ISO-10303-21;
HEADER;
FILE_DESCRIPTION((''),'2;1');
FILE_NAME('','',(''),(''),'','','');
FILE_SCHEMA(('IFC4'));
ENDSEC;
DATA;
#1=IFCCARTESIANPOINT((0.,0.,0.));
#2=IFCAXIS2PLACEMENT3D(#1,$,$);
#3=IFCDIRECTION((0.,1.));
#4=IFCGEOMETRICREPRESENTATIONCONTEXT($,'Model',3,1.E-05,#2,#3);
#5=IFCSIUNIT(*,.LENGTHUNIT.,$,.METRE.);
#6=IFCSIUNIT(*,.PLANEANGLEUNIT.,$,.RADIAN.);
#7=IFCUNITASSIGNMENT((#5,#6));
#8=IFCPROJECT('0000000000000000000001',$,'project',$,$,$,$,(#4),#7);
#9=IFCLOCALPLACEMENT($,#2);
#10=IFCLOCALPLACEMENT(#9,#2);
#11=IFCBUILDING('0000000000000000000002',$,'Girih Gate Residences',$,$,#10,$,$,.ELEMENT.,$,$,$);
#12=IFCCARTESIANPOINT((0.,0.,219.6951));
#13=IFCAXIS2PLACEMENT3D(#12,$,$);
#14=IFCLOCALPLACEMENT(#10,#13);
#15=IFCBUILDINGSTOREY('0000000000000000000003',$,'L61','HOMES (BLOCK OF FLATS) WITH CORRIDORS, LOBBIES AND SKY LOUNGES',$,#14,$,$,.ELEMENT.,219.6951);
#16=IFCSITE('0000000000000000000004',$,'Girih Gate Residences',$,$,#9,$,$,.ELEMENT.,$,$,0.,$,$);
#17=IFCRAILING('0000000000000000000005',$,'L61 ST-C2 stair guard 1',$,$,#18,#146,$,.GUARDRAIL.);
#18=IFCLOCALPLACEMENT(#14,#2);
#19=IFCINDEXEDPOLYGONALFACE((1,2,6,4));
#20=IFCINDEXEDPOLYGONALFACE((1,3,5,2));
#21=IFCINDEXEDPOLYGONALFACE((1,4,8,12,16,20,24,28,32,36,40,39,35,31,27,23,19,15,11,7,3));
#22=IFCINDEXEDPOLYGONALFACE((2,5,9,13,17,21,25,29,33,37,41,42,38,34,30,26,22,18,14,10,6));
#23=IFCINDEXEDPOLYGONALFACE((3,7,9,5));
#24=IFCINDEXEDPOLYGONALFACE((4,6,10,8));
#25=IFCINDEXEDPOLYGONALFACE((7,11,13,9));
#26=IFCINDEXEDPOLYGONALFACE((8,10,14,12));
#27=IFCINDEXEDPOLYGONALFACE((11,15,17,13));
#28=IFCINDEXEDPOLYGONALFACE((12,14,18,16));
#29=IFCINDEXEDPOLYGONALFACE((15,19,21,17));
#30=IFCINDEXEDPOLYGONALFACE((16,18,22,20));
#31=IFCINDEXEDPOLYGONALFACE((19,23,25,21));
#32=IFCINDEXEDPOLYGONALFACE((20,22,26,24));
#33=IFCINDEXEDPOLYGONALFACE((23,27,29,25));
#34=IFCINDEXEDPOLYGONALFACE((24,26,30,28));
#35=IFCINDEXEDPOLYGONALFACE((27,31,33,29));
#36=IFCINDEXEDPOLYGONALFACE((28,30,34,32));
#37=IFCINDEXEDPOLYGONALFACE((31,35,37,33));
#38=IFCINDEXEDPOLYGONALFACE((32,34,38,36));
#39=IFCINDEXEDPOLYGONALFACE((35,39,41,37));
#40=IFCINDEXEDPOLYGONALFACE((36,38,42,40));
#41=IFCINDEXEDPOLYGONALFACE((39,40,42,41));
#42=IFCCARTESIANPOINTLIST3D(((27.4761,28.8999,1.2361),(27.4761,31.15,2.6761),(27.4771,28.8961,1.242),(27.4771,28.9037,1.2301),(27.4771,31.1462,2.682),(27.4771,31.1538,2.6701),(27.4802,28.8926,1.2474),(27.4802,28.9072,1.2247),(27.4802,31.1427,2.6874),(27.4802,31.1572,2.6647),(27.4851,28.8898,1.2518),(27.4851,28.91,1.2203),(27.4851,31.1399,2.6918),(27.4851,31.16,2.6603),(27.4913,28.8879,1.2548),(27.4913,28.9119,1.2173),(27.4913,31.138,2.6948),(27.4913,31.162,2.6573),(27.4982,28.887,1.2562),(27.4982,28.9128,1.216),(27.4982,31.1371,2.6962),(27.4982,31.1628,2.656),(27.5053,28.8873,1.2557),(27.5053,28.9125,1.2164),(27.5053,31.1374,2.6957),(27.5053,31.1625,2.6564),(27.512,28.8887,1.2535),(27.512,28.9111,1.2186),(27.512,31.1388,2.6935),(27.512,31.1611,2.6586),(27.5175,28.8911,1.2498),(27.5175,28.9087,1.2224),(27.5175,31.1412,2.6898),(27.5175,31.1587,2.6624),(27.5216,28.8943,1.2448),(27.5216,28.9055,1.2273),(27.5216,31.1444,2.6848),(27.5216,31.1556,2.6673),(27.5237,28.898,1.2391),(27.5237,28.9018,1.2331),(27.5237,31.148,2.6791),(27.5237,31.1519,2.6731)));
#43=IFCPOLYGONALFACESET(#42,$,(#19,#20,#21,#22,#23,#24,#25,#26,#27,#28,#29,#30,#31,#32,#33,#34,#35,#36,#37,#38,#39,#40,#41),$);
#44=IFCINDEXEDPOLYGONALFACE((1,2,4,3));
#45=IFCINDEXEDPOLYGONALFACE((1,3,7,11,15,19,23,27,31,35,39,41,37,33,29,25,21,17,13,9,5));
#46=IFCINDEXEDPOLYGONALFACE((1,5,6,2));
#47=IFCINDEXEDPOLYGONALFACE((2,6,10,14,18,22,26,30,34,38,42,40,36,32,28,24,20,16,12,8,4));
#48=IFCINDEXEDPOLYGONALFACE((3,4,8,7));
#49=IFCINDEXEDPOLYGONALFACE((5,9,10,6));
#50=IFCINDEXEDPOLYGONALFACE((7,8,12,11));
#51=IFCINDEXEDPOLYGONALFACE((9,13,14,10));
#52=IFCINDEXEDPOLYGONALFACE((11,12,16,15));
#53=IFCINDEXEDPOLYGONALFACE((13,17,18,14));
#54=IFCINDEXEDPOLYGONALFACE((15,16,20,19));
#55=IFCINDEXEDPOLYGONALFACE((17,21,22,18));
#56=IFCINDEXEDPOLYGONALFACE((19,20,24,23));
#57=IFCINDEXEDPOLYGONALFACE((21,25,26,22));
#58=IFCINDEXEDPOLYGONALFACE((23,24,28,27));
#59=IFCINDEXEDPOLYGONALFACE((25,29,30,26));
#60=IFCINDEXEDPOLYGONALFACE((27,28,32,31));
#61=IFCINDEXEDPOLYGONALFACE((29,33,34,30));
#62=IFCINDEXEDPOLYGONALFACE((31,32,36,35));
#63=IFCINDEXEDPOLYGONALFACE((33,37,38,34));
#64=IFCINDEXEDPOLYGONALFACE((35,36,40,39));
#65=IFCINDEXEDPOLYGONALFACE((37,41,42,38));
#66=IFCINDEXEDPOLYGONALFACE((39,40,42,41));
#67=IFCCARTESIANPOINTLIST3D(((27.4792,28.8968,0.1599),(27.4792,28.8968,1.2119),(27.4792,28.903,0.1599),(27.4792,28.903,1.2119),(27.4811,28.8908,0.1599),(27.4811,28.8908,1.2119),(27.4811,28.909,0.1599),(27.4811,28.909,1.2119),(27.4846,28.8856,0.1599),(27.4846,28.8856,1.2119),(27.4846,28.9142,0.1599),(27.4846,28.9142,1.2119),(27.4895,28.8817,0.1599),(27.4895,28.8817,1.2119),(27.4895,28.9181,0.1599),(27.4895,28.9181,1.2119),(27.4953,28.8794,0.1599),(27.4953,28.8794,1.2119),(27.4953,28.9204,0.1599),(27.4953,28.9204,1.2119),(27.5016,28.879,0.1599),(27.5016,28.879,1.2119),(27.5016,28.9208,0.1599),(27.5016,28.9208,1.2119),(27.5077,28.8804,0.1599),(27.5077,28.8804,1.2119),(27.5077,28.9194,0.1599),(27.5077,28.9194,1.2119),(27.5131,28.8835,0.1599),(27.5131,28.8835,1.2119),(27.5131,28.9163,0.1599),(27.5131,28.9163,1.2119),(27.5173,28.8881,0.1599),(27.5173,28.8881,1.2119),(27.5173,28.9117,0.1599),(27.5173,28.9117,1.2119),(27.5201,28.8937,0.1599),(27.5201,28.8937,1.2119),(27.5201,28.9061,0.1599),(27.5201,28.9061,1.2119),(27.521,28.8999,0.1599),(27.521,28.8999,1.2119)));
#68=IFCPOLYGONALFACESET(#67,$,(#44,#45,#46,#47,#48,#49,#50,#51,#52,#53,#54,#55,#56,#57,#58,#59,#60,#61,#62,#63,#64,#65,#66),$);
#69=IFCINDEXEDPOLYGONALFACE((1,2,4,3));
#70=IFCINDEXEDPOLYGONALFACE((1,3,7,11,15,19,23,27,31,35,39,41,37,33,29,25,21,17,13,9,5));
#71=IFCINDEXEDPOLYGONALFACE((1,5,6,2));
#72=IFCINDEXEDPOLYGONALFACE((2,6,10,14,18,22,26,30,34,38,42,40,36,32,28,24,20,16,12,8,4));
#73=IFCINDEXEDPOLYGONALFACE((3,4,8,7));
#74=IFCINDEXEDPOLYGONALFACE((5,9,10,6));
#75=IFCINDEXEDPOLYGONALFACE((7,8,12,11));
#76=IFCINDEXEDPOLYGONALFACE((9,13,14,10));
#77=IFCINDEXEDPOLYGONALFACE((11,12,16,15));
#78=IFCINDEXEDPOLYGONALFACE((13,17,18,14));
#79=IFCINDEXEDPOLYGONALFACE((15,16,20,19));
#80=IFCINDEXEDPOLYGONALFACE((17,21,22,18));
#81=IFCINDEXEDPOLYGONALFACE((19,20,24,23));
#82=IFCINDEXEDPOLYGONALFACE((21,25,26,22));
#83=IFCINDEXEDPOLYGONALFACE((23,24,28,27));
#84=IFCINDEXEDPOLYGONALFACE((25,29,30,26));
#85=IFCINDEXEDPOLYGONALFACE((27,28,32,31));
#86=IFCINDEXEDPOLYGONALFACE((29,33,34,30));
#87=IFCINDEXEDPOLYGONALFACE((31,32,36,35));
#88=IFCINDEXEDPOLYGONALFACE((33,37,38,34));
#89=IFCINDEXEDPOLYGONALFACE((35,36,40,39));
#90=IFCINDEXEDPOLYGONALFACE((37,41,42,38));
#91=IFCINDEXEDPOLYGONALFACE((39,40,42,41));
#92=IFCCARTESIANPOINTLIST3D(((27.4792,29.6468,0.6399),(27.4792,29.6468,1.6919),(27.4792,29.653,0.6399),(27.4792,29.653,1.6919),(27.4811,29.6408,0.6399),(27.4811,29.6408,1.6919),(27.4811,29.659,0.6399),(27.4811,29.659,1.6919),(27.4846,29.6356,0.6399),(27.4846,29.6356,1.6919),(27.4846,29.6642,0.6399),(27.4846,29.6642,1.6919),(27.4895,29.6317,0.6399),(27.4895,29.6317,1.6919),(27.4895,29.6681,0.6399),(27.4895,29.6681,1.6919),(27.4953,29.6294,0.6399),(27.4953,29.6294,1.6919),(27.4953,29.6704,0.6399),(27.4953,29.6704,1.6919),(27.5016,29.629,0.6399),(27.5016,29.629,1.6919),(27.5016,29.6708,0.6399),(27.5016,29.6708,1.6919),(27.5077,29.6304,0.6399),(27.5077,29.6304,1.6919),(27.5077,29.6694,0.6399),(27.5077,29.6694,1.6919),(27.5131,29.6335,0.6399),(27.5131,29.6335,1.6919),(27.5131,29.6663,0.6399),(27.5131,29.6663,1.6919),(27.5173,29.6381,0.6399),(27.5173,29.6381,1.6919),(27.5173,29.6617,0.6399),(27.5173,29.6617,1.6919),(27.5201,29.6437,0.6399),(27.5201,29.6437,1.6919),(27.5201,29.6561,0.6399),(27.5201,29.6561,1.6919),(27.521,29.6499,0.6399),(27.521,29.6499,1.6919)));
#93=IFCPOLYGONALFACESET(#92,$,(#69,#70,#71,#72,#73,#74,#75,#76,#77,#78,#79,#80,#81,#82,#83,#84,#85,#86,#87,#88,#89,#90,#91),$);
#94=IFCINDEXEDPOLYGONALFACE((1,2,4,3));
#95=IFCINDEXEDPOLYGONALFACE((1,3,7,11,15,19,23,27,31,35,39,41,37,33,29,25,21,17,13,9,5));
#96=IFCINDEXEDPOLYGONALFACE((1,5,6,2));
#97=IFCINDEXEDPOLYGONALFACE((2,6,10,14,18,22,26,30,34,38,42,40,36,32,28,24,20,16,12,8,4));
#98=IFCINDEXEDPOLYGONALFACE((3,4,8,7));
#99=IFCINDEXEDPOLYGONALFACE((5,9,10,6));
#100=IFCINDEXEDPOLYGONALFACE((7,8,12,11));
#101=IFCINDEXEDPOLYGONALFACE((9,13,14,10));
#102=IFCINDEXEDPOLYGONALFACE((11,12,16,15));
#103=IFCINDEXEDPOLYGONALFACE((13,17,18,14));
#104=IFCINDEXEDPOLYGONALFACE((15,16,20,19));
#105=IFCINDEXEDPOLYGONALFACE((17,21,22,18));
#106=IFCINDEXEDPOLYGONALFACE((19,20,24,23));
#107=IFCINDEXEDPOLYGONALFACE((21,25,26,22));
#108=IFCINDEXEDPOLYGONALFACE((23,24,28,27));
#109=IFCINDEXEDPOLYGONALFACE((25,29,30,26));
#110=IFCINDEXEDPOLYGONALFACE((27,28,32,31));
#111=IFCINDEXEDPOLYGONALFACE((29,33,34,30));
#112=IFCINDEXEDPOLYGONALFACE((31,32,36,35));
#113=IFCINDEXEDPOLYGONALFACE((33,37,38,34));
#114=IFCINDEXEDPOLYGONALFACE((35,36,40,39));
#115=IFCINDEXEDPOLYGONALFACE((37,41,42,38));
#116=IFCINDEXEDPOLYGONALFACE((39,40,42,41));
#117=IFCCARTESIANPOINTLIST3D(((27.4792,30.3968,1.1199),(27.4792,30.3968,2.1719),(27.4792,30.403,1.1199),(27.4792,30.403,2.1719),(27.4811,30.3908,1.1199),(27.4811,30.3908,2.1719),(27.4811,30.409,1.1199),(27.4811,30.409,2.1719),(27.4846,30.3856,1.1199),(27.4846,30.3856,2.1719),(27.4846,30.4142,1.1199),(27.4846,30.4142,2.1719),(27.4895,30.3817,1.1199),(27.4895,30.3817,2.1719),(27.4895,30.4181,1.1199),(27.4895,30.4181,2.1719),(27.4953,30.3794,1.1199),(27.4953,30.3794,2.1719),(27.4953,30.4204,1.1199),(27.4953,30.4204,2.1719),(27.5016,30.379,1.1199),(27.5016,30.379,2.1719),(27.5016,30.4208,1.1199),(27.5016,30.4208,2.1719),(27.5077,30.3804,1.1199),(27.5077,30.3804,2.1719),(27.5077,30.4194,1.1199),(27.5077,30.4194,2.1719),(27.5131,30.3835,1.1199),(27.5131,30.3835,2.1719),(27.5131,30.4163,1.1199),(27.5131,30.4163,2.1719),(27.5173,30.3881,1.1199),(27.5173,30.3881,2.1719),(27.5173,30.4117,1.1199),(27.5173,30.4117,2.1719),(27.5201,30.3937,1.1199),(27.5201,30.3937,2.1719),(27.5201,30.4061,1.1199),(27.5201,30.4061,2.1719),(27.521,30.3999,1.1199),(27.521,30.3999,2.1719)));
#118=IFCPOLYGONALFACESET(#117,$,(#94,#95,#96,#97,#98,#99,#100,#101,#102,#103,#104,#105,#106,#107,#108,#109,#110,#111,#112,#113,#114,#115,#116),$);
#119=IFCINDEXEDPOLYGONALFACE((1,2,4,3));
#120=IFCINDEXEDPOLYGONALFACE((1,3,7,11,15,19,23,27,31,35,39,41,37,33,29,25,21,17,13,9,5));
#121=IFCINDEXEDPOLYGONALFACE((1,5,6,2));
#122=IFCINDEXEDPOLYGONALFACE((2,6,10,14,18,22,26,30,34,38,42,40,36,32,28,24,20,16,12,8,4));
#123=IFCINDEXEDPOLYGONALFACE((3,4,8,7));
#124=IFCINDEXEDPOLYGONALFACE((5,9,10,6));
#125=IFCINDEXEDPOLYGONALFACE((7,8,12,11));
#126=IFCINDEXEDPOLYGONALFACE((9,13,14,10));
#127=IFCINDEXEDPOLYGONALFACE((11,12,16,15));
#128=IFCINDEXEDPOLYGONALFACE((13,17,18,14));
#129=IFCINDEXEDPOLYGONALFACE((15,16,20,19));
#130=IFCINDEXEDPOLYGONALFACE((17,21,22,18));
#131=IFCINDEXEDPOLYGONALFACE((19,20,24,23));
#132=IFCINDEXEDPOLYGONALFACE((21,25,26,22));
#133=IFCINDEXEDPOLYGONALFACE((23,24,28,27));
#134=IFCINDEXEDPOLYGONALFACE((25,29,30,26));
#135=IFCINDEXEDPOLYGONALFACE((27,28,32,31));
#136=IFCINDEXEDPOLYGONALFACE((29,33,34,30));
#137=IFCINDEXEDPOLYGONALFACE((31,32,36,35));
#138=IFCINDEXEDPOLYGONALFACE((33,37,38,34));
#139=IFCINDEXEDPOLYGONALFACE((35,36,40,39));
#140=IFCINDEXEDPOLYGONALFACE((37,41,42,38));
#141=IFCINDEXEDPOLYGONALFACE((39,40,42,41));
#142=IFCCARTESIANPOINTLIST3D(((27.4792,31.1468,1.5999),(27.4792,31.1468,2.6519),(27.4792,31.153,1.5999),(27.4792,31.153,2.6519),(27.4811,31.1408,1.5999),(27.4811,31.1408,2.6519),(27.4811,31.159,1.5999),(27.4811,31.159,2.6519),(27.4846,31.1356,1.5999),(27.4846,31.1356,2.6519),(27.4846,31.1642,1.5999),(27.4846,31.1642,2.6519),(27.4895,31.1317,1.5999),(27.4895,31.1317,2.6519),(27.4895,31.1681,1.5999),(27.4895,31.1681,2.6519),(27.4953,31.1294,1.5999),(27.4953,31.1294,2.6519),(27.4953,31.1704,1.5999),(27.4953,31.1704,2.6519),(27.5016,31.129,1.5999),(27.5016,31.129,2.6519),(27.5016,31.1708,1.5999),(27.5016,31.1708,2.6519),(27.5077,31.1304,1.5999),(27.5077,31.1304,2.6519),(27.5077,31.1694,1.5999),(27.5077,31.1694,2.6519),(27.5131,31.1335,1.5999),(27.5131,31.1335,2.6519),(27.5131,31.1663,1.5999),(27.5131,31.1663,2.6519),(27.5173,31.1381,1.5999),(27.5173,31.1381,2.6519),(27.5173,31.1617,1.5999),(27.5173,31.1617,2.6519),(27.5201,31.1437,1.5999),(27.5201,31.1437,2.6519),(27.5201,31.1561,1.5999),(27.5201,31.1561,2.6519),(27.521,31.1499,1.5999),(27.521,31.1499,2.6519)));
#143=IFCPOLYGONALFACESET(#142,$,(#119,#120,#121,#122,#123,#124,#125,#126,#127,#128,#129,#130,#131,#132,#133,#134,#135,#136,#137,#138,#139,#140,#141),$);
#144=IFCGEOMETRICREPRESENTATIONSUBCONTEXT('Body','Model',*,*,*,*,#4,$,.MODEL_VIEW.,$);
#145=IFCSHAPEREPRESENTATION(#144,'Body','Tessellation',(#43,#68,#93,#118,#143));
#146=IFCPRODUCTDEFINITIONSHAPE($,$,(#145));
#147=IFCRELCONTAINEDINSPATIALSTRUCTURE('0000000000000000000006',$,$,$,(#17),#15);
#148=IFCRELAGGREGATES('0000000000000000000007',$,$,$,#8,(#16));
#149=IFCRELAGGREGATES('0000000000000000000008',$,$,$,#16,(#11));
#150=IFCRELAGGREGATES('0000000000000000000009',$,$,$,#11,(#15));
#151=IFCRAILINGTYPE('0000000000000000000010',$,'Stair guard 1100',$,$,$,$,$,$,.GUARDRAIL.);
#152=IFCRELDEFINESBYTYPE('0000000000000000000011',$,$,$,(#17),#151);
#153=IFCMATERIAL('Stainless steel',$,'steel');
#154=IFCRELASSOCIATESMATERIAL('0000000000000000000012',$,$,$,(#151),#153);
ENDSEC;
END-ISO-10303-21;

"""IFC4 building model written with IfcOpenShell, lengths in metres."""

from ifc_helpers import new_model, si_unit, direction, frame, origin, origin_2d, place, context, subcontext, project, spatial, circle, extrude, material, type_object, element, save


model = new_model("IFC4")

# Units and contexts
model_context = context("Model", 3, precision=1e-05, world=origin(), true_north=direction((0.0, 1.0)))
body_context = subcontext(model_context, "Body", "Model", "MODEL_VIEW")
ifc_project = project(units=[si_unit("LENGTHUNIT", "METRE"), si_unit("PLANEANGLEUNIT", "RADIAN")], contexts=[model_context])

# Site, building, storey
site_placement = place(None, origin())
site = spatial("IfcSite", under=ifc_project, at=site_placement, Name="Girih Gate Residences", CompositionType="ELEMENT", RefElevation=0.0)
building_placement = place(site_placement, origin())
building = spatial("IfcBuilding", under=site, at=building_placement, Name="Girih Gate Residences", CompositionType="ELEMENT")
storey_placement = place(building_placement, frame((0.0, 0.0, 219.6951)))
storey = spatial("IfcBuildingStorey", under=building, at=storey_placement, Name="L61", Description="HOMES (BLOCK OF FLATS) WITH CORRIDORS, LOBBIES AND SKY LOUNGES", CompositionType="ELEMENT", Elevation=219.6951)

# Railing
ifc_material_1 = material(Name="Stainless steel", Category="steel")
railing_type_1 = type_object("IfcRailingType", Name="Stair guard 1100", PredefinedType="GUARDRAIL", material=ifc_material_1)
railing_1_placement = place(storey_placement, frame((27.5, 28.8999, 0.1599)))
element("IfcRailing", 1, at=railing_1_placement, inside=storey, type_object=railing_type_1, Name="L61 ST-C2 stair guard 1", PredefinedType="GUARDRAIL", context=body_context, shape_type="SweptSolid", body=[
    extrude(circle(Radius=0.0239, at=origin_2d()), frame((0.0, 0.0, 1.0762), z_axis=(0.0, 0.842281, 0.539038), x_axis=(-1.0, 0.0, 0.0)), (0.0, 0.0, 1.0), 2.6714),
    extrude(circle(Radius=0.021, at=origin_2d()), origin(), (0.0, 0.0, 1.0), 1.052),
    extrude(circle(Radius=0.021, at=origin_2d()), frame((0.0, 0.75, 0.48)), (0.0, 0.0, 1.0), 1.052),
    extrude(circle(Radius=0.021, at=origin_2d()), frame((0.0, 1.5, 0.96)), (0.0, 0.0, 1.0), 1.052),
    extrude(circle(Radius=0.021, at=origin_2d()), frame((0.0, 2.25, 1.4399)), (0.0, 0.0, 1.0), 1.052),
])

save(model, "model.ifc")
